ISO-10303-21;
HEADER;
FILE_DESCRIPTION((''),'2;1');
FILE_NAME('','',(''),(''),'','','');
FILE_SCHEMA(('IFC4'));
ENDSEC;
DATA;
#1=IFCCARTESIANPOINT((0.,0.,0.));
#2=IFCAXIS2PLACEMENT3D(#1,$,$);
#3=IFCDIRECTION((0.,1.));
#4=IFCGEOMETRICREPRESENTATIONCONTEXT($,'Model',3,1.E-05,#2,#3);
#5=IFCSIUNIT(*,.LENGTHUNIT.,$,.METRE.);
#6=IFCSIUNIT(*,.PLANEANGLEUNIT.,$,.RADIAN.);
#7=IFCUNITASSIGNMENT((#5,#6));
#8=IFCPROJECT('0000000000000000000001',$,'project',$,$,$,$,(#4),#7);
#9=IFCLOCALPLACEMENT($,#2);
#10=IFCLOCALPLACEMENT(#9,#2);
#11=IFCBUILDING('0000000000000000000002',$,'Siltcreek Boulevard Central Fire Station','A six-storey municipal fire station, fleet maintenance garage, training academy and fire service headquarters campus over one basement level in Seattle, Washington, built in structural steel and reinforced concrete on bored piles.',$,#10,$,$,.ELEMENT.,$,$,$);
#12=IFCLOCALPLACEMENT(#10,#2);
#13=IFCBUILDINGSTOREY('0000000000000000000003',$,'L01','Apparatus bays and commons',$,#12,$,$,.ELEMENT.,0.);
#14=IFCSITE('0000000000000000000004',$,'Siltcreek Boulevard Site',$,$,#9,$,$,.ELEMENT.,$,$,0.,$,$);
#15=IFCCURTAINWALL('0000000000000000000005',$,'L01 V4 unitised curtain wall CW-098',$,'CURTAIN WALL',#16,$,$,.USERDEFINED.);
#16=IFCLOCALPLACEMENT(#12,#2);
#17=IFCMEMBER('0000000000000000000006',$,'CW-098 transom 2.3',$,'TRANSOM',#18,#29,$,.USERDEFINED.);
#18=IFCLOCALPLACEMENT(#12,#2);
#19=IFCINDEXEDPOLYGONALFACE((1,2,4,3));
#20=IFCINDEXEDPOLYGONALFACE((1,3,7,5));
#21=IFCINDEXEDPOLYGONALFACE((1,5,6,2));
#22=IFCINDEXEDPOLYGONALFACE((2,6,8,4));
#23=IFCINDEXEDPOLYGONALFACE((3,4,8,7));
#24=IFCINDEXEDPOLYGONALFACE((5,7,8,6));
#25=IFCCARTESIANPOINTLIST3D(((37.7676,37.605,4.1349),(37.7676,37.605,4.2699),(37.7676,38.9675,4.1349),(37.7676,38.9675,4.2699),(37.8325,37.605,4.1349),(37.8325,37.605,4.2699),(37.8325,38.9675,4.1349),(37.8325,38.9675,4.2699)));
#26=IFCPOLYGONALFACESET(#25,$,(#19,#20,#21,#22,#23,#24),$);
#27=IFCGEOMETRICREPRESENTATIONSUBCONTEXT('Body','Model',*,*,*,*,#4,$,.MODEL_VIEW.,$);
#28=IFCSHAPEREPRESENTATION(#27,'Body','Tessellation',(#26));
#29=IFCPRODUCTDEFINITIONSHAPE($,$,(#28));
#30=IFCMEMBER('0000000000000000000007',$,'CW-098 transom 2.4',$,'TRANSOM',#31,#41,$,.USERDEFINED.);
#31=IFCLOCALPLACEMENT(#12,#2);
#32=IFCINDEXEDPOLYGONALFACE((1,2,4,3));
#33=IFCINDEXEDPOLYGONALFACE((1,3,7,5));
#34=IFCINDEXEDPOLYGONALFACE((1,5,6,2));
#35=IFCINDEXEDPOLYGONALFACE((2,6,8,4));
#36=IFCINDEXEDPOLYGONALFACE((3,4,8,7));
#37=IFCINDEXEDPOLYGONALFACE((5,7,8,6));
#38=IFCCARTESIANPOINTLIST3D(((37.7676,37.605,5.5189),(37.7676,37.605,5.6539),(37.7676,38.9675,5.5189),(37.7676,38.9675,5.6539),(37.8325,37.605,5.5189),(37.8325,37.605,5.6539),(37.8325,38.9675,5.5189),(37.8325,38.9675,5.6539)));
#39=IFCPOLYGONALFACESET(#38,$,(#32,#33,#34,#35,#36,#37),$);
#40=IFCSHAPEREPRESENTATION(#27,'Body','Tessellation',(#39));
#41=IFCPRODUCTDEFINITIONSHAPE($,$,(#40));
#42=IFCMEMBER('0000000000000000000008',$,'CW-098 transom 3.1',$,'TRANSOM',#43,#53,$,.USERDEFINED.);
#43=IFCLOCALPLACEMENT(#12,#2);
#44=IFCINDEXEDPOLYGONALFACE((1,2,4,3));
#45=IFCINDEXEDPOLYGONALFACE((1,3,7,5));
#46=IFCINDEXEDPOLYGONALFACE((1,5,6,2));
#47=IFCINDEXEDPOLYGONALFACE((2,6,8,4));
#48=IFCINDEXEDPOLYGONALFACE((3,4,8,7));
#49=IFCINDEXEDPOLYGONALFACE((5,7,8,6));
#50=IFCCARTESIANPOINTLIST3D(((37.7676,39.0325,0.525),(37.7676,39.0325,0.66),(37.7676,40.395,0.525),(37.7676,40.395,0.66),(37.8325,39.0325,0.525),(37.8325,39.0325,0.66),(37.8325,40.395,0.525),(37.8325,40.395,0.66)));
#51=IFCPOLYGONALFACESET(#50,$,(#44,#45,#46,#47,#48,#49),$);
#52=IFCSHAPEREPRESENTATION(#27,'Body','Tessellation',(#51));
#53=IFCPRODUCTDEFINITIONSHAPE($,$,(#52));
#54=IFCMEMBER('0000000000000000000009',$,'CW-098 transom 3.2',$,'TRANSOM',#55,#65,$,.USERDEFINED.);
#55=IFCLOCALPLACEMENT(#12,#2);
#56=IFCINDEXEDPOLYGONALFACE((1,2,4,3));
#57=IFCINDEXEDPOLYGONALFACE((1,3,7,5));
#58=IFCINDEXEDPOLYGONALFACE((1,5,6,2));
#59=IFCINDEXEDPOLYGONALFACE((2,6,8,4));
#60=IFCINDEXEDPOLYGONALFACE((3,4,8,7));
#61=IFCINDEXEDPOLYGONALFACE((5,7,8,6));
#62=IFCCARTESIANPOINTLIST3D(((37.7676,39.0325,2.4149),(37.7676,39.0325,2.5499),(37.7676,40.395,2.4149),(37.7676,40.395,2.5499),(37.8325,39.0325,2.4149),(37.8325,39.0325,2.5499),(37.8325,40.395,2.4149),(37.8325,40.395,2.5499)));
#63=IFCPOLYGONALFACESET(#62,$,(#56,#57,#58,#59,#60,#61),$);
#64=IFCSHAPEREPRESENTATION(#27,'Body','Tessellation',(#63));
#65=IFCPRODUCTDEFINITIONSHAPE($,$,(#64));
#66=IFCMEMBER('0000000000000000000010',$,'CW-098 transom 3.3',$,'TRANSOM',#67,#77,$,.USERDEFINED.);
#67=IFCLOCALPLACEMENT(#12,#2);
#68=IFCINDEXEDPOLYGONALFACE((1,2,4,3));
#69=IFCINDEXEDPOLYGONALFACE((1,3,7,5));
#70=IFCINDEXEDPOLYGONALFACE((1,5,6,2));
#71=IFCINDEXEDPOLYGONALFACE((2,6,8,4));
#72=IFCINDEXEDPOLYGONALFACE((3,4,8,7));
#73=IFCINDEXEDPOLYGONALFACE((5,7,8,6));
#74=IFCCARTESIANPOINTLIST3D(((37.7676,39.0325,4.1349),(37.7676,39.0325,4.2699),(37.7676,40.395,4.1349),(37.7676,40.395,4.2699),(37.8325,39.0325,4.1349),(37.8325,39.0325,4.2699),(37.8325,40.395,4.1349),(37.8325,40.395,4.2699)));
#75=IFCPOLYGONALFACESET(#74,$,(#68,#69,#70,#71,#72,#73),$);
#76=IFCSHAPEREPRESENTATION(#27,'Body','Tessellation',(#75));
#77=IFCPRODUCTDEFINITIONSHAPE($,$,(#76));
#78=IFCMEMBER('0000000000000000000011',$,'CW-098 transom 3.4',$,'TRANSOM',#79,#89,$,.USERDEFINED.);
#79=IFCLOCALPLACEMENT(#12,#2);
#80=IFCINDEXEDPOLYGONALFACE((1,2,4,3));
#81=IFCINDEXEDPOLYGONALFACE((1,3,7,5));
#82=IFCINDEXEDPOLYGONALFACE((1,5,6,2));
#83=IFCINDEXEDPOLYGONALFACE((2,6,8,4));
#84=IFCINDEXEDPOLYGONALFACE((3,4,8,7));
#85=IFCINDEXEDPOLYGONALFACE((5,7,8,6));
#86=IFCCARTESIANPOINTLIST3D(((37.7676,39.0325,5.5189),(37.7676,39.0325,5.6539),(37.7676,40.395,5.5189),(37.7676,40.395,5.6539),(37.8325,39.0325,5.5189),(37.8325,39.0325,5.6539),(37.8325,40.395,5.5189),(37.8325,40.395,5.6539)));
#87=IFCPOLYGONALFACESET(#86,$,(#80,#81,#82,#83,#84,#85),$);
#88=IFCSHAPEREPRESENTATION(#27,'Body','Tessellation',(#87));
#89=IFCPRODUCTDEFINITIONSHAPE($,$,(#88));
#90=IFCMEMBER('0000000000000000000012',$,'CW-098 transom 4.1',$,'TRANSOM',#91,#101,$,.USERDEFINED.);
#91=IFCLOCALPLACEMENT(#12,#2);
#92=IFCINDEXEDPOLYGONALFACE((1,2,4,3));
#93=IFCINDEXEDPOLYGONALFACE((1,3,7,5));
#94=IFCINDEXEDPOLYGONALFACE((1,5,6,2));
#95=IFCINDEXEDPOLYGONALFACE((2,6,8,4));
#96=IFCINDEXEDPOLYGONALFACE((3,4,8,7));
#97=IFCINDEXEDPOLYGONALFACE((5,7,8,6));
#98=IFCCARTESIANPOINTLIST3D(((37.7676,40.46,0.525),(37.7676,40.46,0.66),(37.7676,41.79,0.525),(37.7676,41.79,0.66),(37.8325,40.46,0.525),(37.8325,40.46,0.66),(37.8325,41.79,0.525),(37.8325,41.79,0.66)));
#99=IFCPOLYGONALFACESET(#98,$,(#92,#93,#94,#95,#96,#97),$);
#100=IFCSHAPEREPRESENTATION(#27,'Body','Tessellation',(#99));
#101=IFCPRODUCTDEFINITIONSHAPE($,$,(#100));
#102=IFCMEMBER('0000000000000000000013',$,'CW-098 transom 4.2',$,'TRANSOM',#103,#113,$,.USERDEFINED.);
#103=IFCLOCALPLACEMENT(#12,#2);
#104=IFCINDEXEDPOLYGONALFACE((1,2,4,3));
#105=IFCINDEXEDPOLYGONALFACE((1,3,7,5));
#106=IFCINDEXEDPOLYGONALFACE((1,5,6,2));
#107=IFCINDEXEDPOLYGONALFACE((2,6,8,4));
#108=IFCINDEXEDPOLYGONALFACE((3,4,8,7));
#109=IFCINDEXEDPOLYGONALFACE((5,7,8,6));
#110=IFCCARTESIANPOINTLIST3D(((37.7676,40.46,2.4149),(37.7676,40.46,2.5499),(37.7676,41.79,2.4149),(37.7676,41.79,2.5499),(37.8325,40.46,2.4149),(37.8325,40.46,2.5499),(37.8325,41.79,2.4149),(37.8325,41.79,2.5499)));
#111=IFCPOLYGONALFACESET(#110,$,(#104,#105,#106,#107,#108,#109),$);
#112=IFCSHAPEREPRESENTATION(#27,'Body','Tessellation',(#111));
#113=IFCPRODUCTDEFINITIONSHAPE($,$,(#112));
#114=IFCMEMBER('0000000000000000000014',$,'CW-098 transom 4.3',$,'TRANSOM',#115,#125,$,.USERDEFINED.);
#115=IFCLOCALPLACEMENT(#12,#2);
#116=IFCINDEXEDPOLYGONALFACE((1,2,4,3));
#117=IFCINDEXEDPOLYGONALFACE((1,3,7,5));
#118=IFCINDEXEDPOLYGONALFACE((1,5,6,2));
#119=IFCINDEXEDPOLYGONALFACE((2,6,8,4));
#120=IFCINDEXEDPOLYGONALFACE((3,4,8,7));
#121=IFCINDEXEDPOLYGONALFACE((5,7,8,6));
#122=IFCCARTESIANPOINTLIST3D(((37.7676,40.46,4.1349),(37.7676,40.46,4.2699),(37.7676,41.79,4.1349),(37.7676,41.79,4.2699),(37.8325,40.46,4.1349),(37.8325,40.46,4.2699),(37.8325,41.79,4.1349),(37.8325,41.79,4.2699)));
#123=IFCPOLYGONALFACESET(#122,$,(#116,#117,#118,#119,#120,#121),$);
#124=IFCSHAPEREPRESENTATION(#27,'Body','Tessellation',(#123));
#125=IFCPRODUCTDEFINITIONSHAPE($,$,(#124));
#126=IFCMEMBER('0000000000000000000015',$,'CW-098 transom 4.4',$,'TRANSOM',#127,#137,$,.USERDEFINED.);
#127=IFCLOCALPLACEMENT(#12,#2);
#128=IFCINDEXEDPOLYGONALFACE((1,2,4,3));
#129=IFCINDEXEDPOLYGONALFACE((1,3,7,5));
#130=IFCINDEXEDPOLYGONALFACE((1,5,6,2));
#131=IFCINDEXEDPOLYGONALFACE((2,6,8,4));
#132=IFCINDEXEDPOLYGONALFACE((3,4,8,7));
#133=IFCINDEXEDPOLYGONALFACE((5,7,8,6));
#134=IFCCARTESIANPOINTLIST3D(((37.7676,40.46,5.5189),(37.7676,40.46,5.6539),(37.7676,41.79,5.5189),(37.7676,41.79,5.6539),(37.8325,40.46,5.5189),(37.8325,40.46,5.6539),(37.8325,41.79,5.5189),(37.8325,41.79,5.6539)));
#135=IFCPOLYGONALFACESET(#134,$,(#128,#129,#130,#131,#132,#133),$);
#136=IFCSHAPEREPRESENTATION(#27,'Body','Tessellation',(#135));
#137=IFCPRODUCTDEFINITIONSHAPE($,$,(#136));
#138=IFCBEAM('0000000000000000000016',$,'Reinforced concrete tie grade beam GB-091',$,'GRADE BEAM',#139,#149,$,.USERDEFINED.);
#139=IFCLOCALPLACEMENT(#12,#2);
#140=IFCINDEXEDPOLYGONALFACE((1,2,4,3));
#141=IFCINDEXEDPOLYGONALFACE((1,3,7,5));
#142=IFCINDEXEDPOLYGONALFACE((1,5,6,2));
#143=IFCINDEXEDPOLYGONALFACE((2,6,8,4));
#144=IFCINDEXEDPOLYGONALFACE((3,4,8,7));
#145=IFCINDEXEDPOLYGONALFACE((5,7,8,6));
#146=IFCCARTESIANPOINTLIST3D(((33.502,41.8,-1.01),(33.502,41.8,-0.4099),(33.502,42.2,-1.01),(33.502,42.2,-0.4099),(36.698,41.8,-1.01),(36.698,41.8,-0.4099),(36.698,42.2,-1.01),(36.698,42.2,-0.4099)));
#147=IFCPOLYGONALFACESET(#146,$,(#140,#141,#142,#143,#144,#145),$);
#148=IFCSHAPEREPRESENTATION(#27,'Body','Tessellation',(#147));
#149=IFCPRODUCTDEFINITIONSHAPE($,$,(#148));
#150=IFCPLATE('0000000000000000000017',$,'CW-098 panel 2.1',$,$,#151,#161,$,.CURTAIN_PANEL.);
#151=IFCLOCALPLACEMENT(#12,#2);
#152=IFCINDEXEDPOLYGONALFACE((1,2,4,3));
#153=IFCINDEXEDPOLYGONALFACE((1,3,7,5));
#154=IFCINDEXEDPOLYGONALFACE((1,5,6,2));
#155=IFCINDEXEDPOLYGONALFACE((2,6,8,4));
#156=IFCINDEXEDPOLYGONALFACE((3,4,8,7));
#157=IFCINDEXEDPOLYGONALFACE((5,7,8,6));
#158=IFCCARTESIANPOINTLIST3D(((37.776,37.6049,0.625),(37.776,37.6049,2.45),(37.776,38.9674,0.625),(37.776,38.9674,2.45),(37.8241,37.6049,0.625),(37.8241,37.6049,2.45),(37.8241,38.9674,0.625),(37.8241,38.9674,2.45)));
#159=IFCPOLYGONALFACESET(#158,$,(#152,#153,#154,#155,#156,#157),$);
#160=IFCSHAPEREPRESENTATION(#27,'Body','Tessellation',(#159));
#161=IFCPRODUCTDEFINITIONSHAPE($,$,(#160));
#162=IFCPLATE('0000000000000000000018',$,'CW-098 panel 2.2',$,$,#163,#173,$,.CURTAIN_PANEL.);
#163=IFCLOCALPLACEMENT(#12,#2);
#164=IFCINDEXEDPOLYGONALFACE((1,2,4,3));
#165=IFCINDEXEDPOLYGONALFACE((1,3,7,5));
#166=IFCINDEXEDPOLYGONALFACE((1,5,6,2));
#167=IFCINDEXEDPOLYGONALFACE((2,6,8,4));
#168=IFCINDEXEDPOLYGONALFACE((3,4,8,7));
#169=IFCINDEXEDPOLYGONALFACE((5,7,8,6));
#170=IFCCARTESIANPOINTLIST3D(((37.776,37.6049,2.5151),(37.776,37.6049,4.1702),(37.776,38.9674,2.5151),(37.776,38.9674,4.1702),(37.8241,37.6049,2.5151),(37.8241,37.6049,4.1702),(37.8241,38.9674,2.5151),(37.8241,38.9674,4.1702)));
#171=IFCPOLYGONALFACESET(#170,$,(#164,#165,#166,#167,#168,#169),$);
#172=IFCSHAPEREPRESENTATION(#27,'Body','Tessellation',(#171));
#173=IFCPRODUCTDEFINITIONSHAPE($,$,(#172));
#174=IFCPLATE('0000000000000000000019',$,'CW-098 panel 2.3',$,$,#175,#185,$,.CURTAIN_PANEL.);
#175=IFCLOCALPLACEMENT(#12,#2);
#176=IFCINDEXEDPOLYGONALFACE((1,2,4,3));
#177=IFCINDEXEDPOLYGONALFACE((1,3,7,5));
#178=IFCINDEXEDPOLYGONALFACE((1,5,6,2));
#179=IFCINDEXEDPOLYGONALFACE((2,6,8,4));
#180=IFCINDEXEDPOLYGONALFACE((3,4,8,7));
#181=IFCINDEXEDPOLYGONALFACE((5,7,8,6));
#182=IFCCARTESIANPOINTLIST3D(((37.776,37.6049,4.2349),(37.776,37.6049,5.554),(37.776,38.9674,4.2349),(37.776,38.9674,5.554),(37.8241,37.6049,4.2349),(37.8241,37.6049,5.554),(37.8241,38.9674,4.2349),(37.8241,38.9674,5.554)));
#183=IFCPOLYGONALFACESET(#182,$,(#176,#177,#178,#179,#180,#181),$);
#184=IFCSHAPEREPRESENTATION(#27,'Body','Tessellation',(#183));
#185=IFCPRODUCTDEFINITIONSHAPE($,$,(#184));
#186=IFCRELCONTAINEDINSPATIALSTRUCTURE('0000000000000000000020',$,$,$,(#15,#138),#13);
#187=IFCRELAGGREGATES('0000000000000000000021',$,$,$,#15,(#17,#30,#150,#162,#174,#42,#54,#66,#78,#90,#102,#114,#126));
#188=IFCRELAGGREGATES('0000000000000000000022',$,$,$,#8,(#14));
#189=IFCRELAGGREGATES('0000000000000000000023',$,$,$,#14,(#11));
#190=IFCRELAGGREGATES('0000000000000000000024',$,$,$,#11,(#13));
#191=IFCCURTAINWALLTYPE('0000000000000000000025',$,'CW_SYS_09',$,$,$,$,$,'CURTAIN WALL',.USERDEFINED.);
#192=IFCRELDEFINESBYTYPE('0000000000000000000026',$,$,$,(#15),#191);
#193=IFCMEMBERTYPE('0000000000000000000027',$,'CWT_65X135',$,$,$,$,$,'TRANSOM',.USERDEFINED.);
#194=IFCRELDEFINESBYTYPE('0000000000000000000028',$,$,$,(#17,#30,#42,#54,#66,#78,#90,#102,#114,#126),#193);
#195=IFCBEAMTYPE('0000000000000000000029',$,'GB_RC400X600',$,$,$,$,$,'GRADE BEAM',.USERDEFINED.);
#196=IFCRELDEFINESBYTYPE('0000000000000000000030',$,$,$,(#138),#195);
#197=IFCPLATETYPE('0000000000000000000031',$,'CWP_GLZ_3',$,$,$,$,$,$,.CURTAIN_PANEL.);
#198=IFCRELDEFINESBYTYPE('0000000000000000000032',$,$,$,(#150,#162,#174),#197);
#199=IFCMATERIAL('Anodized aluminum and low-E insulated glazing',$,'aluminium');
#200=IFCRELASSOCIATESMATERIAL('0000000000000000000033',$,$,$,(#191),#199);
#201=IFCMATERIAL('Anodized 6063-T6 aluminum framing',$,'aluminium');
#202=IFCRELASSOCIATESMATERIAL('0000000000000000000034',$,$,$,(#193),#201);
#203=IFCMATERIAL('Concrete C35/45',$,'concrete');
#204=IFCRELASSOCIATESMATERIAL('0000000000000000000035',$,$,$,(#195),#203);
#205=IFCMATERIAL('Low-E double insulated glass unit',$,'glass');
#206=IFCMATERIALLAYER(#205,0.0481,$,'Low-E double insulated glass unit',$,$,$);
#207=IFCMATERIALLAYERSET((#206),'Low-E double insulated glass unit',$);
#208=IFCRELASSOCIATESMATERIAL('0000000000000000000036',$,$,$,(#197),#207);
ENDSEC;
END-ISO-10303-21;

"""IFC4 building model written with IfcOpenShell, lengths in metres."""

from ifc_helpers import new_model, si_unit, direction, frame, origin, origin_2d, place, context, subcontext, project, spatial, rectangle, extrude, material, layer, layer_set, material_profile, profile_set, type_object, element, aggregate, save


model = new_model("IFC4")

# Units and contexts
model_context = context("Model", 3, precision=1e-05, world=origin(), true_north=direction((0.0, 1.0)))
body_context = subcontext(model_context, "Body", "Model", "MODEL_VIEW")
ifc_project = project(units=[si_unit("LENGTHUNIT", "METRE"), si_unit("PLANEANGLEUNIT", "RADIAN")], contexts=[model_context])

# Site, building, storey
site_placement = place(None, origin())
site = spatial("IfcSite", under=ifc_project, at=site_placement, Name="Siltcreek Boulevard Site", CompositionType="ELEMENT", RefElevation=0.0)
building_placement = place(site_placement, origin())
building = spatial("IfcBuilding", under=site, at=building_placement, Name="Siltcreek Boulevard Central Fire Station", Description="A six-storey municipal fire station, fleet maintenance garage, training academy and fire service headquarters campus over one basement level in Seattle, Washington, built in structural steel and reinforced concrete on bored piles.", CompositionType="ELEMENT")
storey_placement = place(building_placement, origin())
storey = spatial("IfcBuildingStorey", under=building, at=storey_placement, Name="L01", Description="Apparatus bays and commons", CompositionType="ELEMENT", Elevation=0.0)

# Shared definitions
ifc_material_1 = material(Name="Concrete C35/45", Category="concrete")

# Curtain wall, members
ifc_material_2 = material(Name="Anodized aluminum and low-E insulated glazing", Category="aluminium")
curtain_wall_type = type_object("IfcCurtainWallType", Name="CW_SYS_09", ElementType="CURTAIN WALL", PredefinedType="USERDEFINED", material=ifc_material_2)
curtain_wall_placement = place(storey_placement, origin())
curtain_wall = element("IfcCurtainWall", 1, at=curtain_wall_placement, inside=storey, type_object=curtain_wall_type, Name="L01 V4 unitised curtain wall CW-098", ObjectType="CURTAIN WALL", PredefinedType="USERDEFINED")
ifc_material_3 = material(Name="Anodized 6063-T6 aluminum framing", Category="aluminium")
ifc_material_profile_1 = material_profile(ifc_material_3, rectangle(XDim=0.0649, YDim=0.135, at=origin_2d()), Name="TRAN65X135")
ifc_profile_set_1 = profile_set([ifc_material_profile_1], Name="Anodized 6063-T6 aluminum framing")
member_type_1 = type_object("IfcMemberType", Name="CWT_65X135", ElementType="TRANSOM", PredefinedType="USERDEFINED", material=ifc_profile_set_1)
member_1_placement = place(storey_placement, frame((37.8, 37.605, 4.2024), z_axis=(0.0, 1.0, 0.0), x_axis=(-1.0, 0.0, 0.0)))
member_1 = element("IfcMember", 2, at=member_1_placement, type_object=member_type_1, Name="CW-098 transom 2.3", ObjectType="TRANSOM", PredefinedType="USERDEFINED", context=body_context, shape_type="SweptSolid", body=[
    extrude(rectangle(XDim=0.0649, YDim=0.135, at=origin_2d()), origin(), (0.0, 0.0, 1.0), 1.3625),
])
member_2_placement = place(storey_placement, frame((37.8, 37.605, 5.5864), z_axis=(0.0, 1.0, 0.0), x_axis=(-1.0, 0.0, 0.0)))
member_2 = element("IfcMember", 3, at=member_2_placement, type_object=member_type_1, Name="CW-098 transom 2.4", ObjectType="TRANSOM", PredefinedType="USERDEFINED", context=body_context, shape_type="SweptSolid", body=[
    extrude(rectangle(XDim=0.0649, YDim=0.135, at=origin_2d()), origin(), (0.0, 0.0, 1.0), 1.3625),
])
member_3_placement = place(storey_placement, frame((37.8, 39.0325, 0.5925), z_axis=(0.0, 1.0, 0.0), x_axis=(-1.0, 0.0, 0.0)))
member_3 = element("IfcMember", 4, at=member_3_placement, type_object=member_type_1, Name="CW-098 transom 3.1", ObjectType="TRANSOM", PredefinedType="USERDEFINED", context=body_context, shape_type="SweptSolid", body=[
    extrude(rectangle(XDim=0.0649, YDim=0.135, at=origin_2d()), origin(), (0.0, 0.0, 1.0), 1.3625),
])
member_4_placement = place(storey_placement, frame((37.8, 39.0325, 2.4824), z_axis=(0.0, 1.0, 0.0), x_axis=(-1.0, 0.0, 0.0)))
member_4 = element("IfcMember", 5, at=member_4_placement, type_object=member_type_1, Name="CW-098 transom 3.2", ObjectType="TRANSOM", PredefinedType="USERDEFINED", context=body_context, shape_type="SweptSolid", body=[
    extrude(rectangle(XDim=0.0649, YDim=0.135, at=origin_2d()), origin(), (0.0, 0.0, 1.0), 1.3625),
])
member_5_placement = place(storey_placement, frame((37.8, 39.0325, 4.2024), z_axis=(0.0, 1.0, 0.0), x_axis=(-1.0, 0.0, 0.0)))
member_5 = element("IfcMember", 6, at=member_5_placement, type_object=member_type_1, Name="CW-098 transom 3.3", ObjectType="TRANSOM", PredefinedType="USERDEFINED", context=body_context, shape_type="SweptSolid", body=[
    extrude(rectangle(XDim=0.0649, YDim=0.135, at=origin_2d()), origin(), (0.0, 0.0, 1.0), 1.3625),
])
member_6_placement = place(storey_placement, frame((37.8, 39.0325, 5.5864), z_axis=(0.0, 1.0, 0.0), x_axis=(-1.0, 0.0, 0.0)))
member_6 = element("IfcMember", 7, at=member_6_placement, type_object=member_type_1, Name="CW-098 transom 3.4", ObjectType="TRANSOM", PredefinedType="USERDEFINED", context=body_context, shape_type="SweptSolid", body=[
    extrude(rectangle(XDim=0.0649, YDim=0.135, at=origin_2d()), origin(), (0.0, 0.0, 1.0), 1.3625),
])
member_7_placement = place(storey_placement, frame((37.8, 40.46, 0.5925), z_axis=(0.0, 1.0, 0.0), x_axis=(-1.0, 0.0, 0.0)))
member_7 = element("IfcMember", 8, at=member_7_placement, type_object=member_type_1, Name="CW-098 transom 4.1", ObjectType="TRANSOM", PredefinedType="USERDEFINED", context=body_context, shape_type="SweptSolid", body=[
    extrude(rectangle(XDim=0.0649, YDim=0.135, at=origin_2d()), origin(), (0.0, 0.0, 1.0), 1.3301),
])
member_8_placement = place(storey_placement, frame((37.8, 40.46, 2.4824), z_axis=(0.0, 1.0, 0.0), x_axis=(-1.0, 0.0, 0.0)))
member_8 = element("IfcMember", 9, at=member_8_placement, type_object=member_type_1, Name="CW-098 transom 4.2", ObjectType="TRANSOM", PredefinedType="USERDEFINED", context=body_context, shape_type="SweptSolid", body=[
    extrude(rectangle(XDim=0.0649, YDim=0.135, at=origin_2d()), origin(), (0.0, 0.0, 1.0), 1.3301),
])
member_9_placement = place(storey_placement, frame((37.8, 40.46, 4.2024), z_axis=(0.0, 1.0, 0.0), x_axis=(-1.0, 0.0, 0.0)))
member_9 = element("IfcMember", 10, at=member_9_placement, type_object=member_type_1, Name="CW-098 transom 4.3", ObjectType="TRANSOM", PredefinedType="USERDEFINED", context=body_context, shape_type="SweptSolid", body=[
    extrude(rectangle(XDim=0.0649, YDim=0.135, at=origin_2d()), origin(), (0.0, 0.0, 1.0), 1.3301),
])
member_10_placement = place(storey_placement, frame((37.8, 40.46, 5.5864), z_axis=(0.0, 1.0, 0.0), x_axis=(-1.0, 0.0, 0.0)))
member_10 = element("IfcMember", 11, at=member_10_placement, type_object=member_type_1, Name="CW-098 transom 4.4", ObjectType="TRANSOM", PredefinedType="USERDEFINED", context=body_context, shape_type="SweptSolid", body=[
    extrude(rectangle(XDim=0.0649, YDim=0.135, at=origin_2d()), origin(), (0.0, 0.0, 1.0), 1.3301),
])

# Beam
ifc_material_profile_2 = material_profile(ifc_material_1, rectangle(XDim=0.3999, YDim=0.6001, at=origin_2d()), Name="RC400X600")
ifc_profile_set_2 = profile_set([ifc_material_profile_2], Name="Concrete C35/45")
beam_type = type_object("IfcBeamType", Name="GB_RC400X600", ElementType="GRADE BEAM", PredefinedType="USERDEFINED", material=ifc_profile_set_2)
beam_placement = place(storey_placement, frame((33.502, 42.0, -0.71), z_axis=(1.0, 0.0, 0.0), x_axis=(0.0, 1.0, 0.0)))
element("IfcBeam", 12, at=beam_placement, inside=storey, type_object=beam_type, Name="Reinforced concrete tie grade beam GB-091", ObjectType="GRADE BEAM", PredefinedType="USERDEFINED", context=body_context, shape_type="SweptSolid", body=[
    extrude(rectangle(XDim=0.3999, YDim=0.6001, at=origin_2d()), origin(), (0.0, 0.0, 1.0), 3.196),
])

# Plates
ifc_material_4 = material(Name="Low-E double insulated glass unit", Category="glass")
ifc_layer = layer(ifc_material_4, 0.0481, Name="Low-E double insulated glass unit")
ifc_layer_set = layer_set([ifc_layer], Name="Low-E double insulated glass unit")
plate_type = type_object("IfcPlateType", Name="CWP_GLZ_3", PredefinedType="CURTAIN_PANEL", material=ifc_layer_set)
plate_1_placement = place(storey_placement, frame((37.8, 38.2861, 0.625), z_axis=(0.0, 0.0, 1.0), x_axis=(0.0, 1.0, 0.0)))
plate_1 = element("IfcPlate", 13, at=plate_1_placement, type_object=plate_type, Name="CW-098 panel 2.1", PredefinedType="CURTAIN_PANEL", context=body_context, shape_type="SweptSolid", body=[
    extrude(rectangle(XDim=1.3625, YDim=0.0481, at=origin_2d()), origin(), (0.0, 0.0, 1.0), 1.825),
])
plate_2_placement = place(storey_placement, frame((37.8, 38.2861, 2.5151), z_axis=(0.0, 0.0, 1.0), x_axis=(0.0, 1.0, 0.0)))
plate_2 = element("IfcPlate", 14, at=plate_2_placement, type_object=plate_type, Name="CW-098 panel 2.2", PredefinedType="CURTAIN_PANEL", context=body_context, shape_type="SweptSolid", body=[
    extrude(rectangle(XDim=1.3625, YDim=0.0481, at=origin_2d()), origin(), (0.0, 0.0, 1.0), 1.655),
])
plate_3_placement = place(storey_placement, frame((37.8, 38.2861, 4.2349), z_axis=(0.0, 0.0, 1.0), x_axis=(0.0, 1.0, 0.0)))
plate_3 = element("IfcPlate", 15, at=plate_3_placement, type_object=plate_type, Name="CW-098 panel 2.3", PredefinedType="CURTAIN_PANEL", context=body_context, shape_type="SweptSolid", body=[
    extrude(rectangle(XDim=1.3625, YDim=0.0481, at=origin_2d()), origin(), (0.0, 0.0, 1.0), 1.3191),
])
aggregate(curtain_wall, [member_1, member_2, plate_1, plate_2, plate_3, member_3, member_4, member_5, member_6, member_7, member_8, member_9, member_10])

save(model, "model.ifc")
